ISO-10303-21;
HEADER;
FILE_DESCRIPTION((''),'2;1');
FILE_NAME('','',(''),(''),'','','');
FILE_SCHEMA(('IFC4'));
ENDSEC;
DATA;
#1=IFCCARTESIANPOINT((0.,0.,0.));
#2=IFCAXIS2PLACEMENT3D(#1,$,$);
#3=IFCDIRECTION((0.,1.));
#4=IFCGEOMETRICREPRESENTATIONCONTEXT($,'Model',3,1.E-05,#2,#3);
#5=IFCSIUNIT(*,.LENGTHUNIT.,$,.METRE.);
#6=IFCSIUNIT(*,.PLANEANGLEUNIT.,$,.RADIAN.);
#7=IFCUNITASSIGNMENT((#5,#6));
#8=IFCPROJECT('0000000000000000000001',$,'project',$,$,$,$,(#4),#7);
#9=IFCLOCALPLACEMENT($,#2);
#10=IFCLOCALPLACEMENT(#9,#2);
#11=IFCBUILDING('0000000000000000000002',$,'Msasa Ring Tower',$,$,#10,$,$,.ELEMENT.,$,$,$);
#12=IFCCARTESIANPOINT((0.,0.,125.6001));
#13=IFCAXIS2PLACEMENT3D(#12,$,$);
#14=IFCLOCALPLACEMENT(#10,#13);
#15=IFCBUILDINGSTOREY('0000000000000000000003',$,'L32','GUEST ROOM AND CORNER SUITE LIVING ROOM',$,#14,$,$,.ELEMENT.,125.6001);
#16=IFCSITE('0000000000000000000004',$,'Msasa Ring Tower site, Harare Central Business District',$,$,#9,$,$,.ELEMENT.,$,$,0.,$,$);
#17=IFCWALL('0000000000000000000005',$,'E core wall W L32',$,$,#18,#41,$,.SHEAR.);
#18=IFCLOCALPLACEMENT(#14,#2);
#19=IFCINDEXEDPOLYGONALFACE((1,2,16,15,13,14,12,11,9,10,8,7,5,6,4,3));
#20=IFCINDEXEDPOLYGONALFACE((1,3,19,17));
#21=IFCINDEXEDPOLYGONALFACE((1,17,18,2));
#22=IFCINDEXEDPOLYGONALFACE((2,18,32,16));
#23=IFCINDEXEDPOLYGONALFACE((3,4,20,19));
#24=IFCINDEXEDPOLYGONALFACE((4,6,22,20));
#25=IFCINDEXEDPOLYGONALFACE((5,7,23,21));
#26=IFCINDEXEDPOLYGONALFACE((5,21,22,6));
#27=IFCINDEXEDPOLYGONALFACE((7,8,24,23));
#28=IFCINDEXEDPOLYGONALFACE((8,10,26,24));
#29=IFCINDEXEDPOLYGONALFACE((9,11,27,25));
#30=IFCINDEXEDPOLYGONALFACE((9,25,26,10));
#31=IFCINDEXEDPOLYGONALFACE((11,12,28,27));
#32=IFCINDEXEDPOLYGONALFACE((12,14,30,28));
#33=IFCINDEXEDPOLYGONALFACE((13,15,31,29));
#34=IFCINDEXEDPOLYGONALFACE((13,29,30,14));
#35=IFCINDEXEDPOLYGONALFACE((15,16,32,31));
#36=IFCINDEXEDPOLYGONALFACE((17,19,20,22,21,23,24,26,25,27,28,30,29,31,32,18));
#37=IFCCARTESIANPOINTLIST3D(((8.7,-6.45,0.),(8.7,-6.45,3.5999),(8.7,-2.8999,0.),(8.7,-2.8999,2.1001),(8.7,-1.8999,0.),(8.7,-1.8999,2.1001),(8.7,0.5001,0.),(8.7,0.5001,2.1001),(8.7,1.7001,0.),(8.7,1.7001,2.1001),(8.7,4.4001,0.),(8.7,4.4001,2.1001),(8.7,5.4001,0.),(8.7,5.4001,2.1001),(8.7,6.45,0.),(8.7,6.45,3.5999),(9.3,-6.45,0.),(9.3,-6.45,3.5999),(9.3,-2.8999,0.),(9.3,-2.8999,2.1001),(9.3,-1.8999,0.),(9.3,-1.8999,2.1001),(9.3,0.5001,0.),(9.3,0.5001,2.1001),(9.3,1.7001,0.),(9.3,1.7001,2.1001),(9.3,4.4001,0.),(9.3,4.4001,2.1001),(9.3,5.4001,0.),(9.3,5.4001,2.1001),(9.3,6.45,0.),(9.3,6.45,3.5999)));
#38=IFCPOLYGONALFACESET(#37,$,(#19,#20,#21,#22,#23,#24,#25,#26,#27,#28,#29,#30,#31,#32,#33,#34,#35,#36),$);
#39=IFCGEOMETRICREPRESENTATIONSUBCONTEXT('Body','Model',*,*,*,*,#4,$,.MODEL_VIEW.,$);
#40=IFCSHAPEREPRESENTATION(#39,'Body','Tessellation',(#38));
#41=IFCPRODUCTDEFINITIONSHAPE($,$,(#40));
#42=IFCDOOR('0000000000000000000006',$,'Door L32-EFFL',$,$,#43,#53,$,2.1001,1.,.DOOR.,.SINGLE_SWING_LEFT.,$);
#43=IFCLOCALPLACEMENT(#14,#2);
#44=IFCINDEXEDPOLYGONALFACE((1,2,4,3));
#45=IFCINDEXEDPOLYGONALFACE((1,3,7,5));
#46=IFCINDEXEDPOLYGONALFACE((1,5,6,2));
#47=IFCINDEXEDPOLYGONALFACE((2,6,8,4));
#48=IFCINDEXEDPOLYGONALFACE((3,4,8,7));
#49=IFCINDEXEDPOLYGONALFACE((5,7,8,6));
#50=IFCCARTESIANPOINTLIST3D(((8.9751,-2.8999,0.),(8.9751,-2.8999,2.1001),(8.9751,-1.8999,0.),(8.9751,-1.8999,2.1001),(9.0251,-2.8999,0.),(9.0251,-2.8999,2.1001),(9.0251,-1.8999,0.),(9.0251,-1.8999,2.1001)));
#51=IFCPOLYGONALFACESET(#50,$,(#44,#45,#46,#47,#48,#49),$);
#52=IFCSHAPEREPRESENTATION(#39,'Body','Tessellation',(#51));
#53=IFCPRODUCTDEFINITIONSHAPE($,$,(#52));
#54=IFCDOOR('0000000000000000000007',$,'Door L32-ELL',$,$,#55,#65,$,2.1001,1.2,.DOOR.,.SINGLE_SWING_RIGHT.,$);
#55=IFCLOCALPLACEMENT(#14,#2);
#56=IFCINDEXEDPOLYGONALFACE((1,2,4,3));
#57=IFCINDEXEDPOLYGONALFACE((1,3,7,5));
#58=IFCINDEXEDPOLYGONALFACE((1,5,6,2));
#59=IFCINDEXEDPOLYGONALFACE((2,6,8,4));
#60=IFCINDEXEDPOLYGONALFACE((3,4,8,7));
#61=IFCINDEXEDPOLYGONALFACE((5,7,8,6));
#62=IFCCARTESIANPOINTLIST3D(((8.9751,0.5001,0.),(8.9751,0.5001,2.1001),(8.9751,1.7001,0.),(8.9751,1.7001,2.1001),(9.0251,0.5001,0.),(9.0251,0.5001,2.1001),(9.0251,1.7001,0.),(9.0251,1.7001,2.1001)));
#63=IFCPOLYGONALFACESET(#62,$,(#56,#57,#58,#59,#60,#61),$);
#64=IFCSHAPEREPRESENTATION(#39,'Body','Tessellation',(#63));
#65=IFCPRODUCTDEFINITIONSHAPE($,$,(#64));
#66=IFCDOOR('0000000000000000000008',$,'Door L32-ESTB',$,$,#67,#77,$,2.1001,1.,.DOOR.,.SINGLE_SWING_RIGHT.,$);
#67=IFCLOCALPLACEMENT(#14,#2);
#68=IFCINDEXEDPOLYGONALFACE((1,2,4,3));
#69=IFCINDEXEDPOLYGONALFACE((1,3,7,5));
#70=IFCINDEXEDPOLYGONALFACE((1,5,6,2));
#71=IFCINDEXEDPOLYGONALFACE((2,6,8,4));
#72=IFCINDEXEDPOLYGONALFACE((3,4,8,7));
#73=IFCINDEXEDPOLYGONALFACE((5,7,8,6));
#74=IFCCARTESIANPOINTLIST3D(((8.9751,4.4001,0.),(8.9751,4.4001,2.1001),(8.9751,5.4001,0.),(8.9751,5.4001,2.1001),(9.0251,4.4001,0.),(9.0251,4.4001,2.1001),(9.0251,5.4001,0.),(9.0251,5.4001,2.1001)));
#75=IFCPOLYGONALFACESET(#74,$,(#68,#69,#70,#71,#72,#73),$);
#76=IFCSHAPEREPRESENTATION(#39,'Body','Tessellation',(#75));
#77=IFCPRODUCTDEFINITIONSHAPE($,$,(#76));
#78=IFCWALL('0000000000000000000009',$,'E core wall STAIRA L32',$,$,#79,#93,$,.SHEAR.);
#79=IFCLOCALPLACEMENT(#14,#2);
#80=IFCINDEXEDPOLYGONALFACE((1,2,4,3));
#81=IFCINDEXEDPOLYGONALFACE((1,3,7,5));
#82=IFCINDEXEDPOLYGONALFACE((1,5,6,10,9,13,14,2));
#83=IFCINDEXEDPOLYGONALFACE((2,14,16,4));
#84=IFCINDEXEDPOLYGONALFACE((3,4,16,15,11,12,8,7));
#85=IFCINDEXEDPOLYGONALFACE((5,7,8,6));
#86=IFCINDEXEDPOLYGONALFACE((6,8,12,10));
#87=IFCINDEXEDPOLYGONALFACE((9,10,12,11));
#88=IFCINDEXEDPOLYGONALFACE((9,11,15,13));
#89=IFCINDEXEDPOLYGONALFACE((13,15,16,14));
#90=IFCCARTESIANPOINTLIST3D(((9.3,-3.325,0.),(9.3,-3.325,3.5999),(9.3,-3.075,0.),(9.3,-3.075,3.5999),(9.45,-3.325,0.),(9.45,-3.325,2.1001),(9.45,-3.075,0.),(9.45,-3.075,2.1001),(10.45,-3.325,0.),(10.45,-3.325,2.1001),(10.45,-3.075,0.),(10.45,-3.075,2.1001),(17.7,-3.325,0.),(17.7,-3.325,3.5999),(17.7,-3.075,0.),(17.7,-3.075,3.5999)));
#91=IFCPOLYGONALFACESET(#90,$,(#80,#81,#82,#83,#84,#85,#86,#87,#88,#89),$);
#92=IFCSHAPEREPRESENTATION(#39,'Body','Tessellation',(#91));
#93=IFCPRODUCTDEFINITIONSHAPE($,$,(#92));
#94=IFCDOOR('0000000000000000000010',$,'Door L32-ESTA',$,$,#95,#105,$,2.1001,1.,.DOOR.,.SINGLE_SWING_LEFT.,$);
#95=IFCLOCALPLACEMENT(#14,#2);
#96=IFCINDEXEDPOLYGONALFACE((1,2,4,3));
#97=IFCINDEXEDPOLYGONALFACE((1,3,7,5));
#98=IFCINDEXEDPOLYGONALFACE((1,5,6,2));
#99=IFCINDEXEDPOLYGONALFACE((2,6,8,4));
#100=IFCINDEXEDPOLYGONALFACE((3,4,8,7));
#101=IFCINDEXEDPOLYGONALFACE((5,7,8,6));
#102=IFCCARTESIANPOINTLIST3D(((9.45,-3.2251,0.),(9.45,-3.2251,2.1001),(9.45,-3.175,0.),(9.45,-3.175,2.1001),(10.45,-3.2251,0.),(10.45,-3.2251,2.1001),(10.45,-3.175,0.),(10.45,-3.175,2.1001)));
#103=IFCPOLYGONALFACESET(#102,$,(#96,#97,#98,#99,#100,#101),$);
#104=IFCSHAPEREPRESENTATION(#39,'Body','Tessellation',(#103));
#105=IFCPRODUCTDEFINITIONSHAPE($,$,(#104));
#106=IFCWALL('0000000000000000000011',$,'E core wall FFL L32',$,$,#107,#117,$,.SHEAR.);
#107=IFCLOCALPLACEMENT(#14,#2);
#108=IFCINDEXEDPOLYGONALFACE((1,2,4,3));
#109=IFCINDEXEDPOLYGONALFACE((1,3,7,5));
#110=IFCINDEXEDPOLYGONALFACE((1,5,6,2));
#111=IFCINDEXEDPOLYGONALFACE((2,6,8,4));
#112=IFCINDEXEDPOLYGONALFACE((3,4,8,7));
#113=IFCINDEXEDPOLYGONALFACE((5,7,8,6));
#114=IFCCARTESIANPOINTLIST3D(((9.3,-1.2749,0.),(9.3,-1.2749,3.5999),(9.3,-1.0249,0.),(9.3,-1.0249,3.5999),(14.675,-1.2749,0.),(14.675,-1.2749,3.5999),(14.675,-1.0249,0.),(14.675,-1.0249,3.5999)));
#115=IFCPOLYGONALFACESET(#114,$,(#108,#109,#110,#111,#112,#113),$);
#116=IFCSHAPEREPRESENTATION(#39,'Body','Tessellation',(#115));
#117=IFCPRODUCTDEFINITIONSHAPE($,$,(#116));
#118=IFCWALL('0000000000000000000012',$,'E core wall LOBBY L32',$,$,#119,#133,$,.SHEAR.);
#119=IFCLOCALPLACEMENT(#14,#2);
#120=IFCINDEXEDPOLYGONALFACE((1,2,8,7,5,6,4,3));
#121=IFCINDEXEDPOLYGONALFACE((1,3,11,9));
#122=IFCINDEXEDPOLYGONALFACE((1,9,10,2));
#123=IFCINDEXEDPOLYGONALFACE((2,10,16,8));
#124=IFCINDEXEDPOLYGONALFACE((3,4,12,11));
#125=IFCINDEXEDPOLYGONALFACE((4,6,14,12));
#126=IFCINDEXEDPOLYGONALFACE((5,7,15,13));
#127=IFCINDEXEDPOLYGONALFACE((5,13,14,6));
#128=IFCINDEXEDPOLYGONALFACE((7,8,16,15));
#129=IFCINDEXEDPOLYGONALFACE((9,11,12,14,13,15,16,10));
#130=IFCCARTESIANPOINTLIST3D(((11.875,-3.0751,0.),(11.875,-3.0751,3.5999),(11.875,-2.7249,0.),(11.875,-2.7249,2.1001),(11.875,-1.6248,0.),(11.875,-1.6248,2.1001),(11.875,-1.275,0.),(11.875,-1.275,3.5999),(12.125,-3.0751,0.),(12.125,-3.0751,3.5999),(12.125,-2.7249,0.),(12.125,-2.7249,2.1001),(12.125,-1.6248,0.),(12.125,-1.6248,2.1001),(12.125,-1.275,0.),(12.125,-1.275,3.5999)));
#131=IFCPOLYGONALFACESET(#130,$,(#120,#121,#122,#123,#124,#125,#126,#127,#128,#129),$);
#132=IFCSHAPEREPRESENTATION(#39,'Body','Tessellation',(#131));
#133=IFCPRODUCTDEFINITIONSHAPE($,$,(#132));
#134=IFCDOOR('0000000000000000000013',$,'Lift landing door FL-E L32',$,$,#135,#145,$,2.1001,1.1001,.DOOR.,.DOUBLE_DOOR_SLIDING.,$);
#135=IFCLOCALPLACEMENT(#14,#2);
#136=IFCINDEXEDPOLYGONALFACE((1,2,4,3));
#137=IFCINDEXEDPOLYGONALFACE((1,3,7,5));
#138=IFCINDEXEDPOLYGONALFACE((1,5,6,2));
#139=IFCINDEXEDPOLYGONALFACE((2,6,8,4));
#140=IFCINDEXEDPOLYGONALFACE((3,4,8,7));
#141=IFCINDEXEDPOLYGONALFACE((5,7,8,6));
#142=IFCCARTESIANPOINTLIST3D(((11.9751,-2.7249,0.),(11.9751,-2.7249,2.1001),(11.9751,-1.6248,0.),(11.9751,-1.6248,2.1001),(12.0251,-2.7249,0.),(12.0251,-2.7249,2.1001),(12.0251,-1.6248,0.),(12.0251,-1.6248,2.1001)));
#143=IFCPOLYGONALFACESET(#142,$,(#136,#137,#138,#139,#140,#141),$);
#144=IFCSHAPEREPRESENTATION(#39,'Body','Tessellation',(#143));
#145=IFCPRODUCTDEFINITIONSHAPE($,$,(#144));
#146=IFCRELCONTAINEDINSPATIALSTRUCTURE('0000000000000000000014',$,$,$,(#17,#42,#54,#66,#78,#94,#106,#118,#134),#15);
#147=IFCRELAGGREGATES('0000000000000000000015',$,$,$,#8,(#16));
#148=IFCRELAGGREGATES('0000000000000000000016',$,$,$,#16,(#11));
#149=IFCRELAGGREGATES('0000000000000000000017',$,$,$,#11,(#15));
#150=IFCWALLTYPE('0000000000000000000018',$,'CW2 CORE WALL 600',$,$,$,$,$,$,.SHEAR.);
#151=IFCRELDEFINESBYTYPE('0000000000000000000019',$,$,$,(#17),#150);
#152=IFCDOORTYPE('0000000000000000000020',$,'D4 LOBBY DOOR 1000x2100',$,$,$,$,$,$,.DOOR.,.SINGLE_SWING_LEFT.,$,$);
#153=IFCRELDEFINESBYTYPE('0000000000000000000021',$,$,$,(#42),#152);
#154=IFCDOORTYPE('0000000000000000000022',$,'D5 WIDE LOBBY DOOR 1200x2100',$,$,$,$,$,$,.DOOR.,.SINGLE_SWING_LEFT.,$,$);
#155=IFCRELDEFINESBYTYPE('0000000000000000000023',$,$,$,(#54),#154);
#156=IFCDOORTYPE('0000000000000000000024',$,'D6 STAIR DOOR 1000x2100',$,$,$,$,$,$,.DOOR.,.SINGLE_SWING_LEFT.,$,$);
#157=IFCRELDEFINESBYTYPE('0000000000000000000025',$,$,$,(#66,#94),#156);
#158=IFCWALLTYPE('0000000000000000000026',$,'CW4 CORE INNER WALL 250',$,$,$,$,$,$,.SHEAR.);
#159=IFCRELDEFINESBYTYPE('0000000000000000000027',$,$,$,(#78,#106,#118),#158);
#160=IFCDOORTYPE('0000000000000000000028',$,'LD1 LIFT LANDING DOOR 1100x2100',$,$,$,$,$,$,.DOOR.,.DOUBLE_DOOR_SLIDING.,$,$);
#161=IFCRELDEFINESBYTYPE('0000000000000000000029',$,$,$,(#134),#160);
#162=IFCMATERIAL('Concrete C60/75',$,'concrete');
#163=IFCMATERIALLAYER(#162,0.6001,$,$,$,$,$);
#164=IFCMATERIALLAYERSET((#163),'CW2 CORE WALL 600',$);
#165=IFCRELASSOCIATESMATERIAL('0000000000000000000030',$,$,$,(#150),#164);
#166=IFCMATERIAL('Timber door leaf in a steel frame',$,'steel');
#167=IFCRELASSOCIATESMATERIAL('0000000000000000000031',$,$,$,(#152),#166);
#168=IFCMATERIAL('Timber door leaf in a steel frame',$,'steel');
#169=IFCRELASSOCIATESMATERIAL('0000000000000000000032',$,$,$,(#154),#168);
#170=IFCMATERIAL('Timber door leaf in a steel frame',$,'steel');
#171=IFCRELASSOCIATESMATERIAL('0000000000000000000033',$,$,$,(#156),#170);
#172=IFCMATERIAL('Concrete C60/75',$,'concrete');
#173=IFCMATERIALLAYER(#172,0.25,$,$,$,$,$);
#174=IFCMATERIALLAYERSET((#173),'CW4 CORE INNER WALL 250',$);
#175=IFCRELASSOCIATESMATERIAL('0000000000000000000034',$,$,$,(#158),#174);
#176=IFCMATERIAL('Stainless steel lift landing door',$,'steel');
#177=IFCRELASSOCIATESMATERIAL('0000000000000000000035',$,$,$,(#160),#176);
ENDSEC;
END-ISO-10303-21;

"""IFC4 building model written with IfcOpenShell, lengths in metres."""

from ifc_helpers import new_model, si_unit, direction, frame, frame_2d, origin, place, context, subcontext, project, spatial, rectangle, extrude, material, layer, layer_set, type_object, element, fill, save


model = new_model("IFC4")

# Units and contexts
model_context = context("Model", 3, precision=1e-05, world=origin(), true_north=direction((0.0, 1.0)))
body_context = subcontext(model_context, "Body", "Model", "MODEL_VIEW")
ifc_project = project(units=[si_unit("LENGTHUNIT", "METRE"), si_unit("PLANEANGLEUNIT", "RADIAN")], contexts=[model_context])

# Site, building, storey
site_placement = place(None, origin())
site = spatial("IfcSite", under=ifc_project, at=site_placement, Name="Msasa Ring Tower site, Harare Central Business District", CompositionType="ELEMENT", RefElevation=0.0)
building_placement = place(site_placement, origin())
building = spatial("IfcBuilding", under=site, at=building_placement, Name="Msasa Ring Tower", CompositionType="ELEMENT")
storey_placement = place(building_placement, frame((0.0, 0.0, 125.6001)))
storey = spatial("IfcBuildingStorey", under=building, at=storey_placement, Name="L32", Description="GUEST ROOM AND CORNER SUITE LIVING ROOM", CompositionType="ELEMENT", Elevation=125.6001)

# Shared definitions
ifc_material_1 = material(Name="Concrete C60/75", Category="concrete")
ifc_layer_1 = layer(ifc_material_1, 0.6001)
ifc_layer_set_1 = layer_set([ifc_layer_1], Name="CW2 CORE WALL 600")
wall_type_1 = type_object("IfcWallType", Name="CW2 CORE WALL 600", PredefinedType="SHEAR", material=ifc_layer_set_1)

# Wall, openings, doors
wall_1_placement = place(storey_placement, frame((9.0, -6.45, 0.0), z_axis=(0.0, 0.0, 1.0), x_axis=(0.0, 1.0, 0.0)))
wall_1 = element("IfcWall", 1, at=wall_1_placement, inside=storey, type_object=wall_type_1, Name="E core wall W L32", PredefinedType="SHEAR", context=body_context, shape_type="SweptSolid", body=[
    extrude(rectangle(XDim=12.8999, YDim=0.6001, at=frame_2d((6.45, 0.0))), origin(), (0.0, 0.0, 1.0), 3.5999),
])
opening_1_placement = place(wall_1_placement, frame((3.55, 0.0, 0.0)))
opening_1 = element("IfcOpeningElement", 2, at=opening_1_placement, cuts=wall_1, PredefinedType="OPENING", context=body_context, shape_type="SweptSolid", body=[
    extrude(rectangle(XDim=1.0, YDim=2.1001, at=frame_2d((0.5, 1.05))), frame((0.0, 0.3101, 0.0), z_axis=(0.0, -1.0, 0.0), x_axis=(1.0, 0.0, 0.0)), (0.0, 0.0, 1.0), 0.6201),
])
opening_2_placement = place(wall_1_placement, frame((6.95, 0.0, 0.0)))
opening_2 = element("IfcOpeningElement", 3, at=opening_2_placement, cuts=wall_1, PredefinedType="OPENING", context=body_context, shape_type="SweptSolid", body=[
    extrude(rectangle(XDim=1.2, YDim=2.1001, at=frame_2d((0.6001, 1.05))), frame((0.0, 0.3101, 0.0), z_axis=(0.0, -1.0, 0.0), x_axis=(1.0, 0.0, 0.0)), (0.0, 0.0, 1.0), 0.6201),
])
opening_3_placement = place(wall_1_placement, frame((10.8501, 0.0, 0.0)))
opening_3 = element("IfcOpeningElement", 4, at=opening_3_placement, cuts=wall_1, PredefinedType="OPENING", context=body_context, shape_type="SweptSolid", body=[
    extrude(rectangle(XDim=1.0, YDim=2.1001, at=frame_2d((0.5, 1.05))), frame((0.0, 0.3101, 0.0), z_axis=(0.0, -1.0, 0.0), x_axis=(1.0, 0.0, 0.0)), (0.0, 0.0, 1.0), 0.6201),
])
ifc_material_2 = material(Name="Timber door leaf in a steel frame", Category="steel")
door_type_1 = type_object("IfcDoorType", Name="D4 LOBBY DOOR 1000x2100", OperationType="SINGLE_SWING_LEFT", PredefinedType="DOOR", material=ifc_material_2)
door_1_placement = place(opening_1_placement, origin())
door_1 = element("IfcDoor", 5, at=door_1_placement, inside=storey, type_object=door_type_1, Name="Door L32-EFFL", OperationType="SINGLE_SWING_LEFT", OverallHeight=2.1001, OverallWidth=1.0, PredefinedType="DOOR", context=body_context, shape_type="SweptSolid", body=[
    extrude(rectangle(XDim=1.0, YDim=2.1001, at=frame_2d((0.5, 1.05))), frame((0.0, 0.0249, 0.0), z_axis=(0.0, -1.0, 0.0), x_axis=(1.0, 0.0, 0.0)), (0.0, 0.0, 1.0), 0.05),
])
fill(opening_1, door_1)
ifc_material_3 = material(Name="Timber door leaf in a steel frame", Category="steel")
door_type_2 = type_object("IfcDoorType", Name="D5 WIDE LOBBY DOOR 1200x2100", OperationType="SINGLE_SWING_LEFT", PredefinedType="DOOR", material=ifc_material_3)
door_2_placement = place(opening_2_placement, origin())
door_2 = element("IfcDoor", 6, at=door_2_placement, inside=storey, type_object=door_type_2, Name="Door L32-ELL", OperationType="SINGLE_SWING_RIGHT", OverallHeight=2.1001, OverallWidth=1.2, PredefinedType="DOOR", context=body_context, shape_type="SweptSolid", body=[
    extrude(rectangle(XDim=1.2, YDim=2.1001, at=frame_2d((0.6001, 1.05))), frame((0.0, 0.0249, 0.0), z_axis=(0.0, -1.0, 0.0), x_axis=(1.0, 0.0, 0.0)), (0.0, 0.0, 1.0), 0.05),
])
fill(opening_2, door_2)
ifc_material_4 = material(Name="Timber door leaf in a steel frame", Category="steel")
door_type_3 = type_object("IfcDoorType", Name="D6 STAIR DOOR 1000x2100", OperationType="SINGLE_SWING_LEFT", PredefinedType="DOOR", material=ifc_material_4)
door_3_placement = place(opening_3_placement, origin())
door_3 = element("IfcDoor", 7, at=door_3_placement, inside=storey, type_object=door_type_3, Name="Door L32-ESTB", OperationType="SINGLE_SWING_RIGHT", OverallHeight=2.1001, OverallWidth=1.0, PredefinedType="DOOR", context=body_context, shape_type="SweptSolid", body=[
    extrude(rectangle(XDim=1.0, YDim=2.1001, at=frame_2d((0.5, 1.05))), frame((0.0, 0.0249, 0.0), z_axis=(0.0, -1.0, 0.0), x_axis=(1.0, 0.0, 0.0)), (0.0, 0.0, 1.0), 0.05),
])
fill(opening_3, door_3)

# Wall, opening, door
ifc_material_5 = material(Name="Concrete C60/75", Category="concrete")
ifc_layer_2 = layer(ifc_material_5, 0.25)
ifc_layer_set_2 = layer_set([ifc_layer_2], Name="CW4 CORE INNER WALL 250")
wall_type_2 = type_object("IfcWallType", Name="CW4 CORE INNER WALL 250", PredefinedType="SHEAR", material=ifc_layer_set_2)
wall_2_placement = place(storey_placement, frame((9.3, -3.2, 0.0), z_axis=(0.0, 0.0, 1.0), x_axis=(1.0, 0.0, 0.0)))
wall_2 = element("IfcWall", 8, at=wall_2_placement, inside=storey, type_object=wall_type_2, Name="E core wall STAIRA L32", PredefinedType="SHEAR", context=body_context, shape_type="SweptSolid", body=[
    extrude(rectangle(XDim=8.3999, YDim=0.25, at=frame_2d((4.2, 0.0))), origin(), (0.0, 0.0, 1.0), 3.5999),
])
opening_4_placement = place(wall_2_placement, frame((0.1499, 0.0, 0.0)))
opening_4 = element("IfcOpeningElement", 9, at=opening_4_placement, cuts=wall_2, PredefinedType="OPENING", context=body_context, shape_type="SweptSolid", body=[
    extrude(rectangle(XDim=1.0, YDim=2.1001, at=frame_2d((0.5, 1.05))), frame((0.0, 0.135, 0.0), z_axis=(0.0, -1.0, 0.0), x_axis=(1.0, 0.0, 0.0)), (0.0, 0.0, 1.0), 0.27),
])
door_4_placement = place(opening_4_placement, origin())
door_4 = element("IfcDoor", 10, at=door_4_placement, inside=storey, type_object=door_type_3, Name="Door L32-ESTA", OperationType="SINGLE_SWING_LEFT", OverallHeight=2.1001, OverallWidth=1.0, PredefinedType="DOOR", context=body_context, shape_type="SweptSolid", body=[
    extrude(rectangle(XDim=1.0, YDim=2.1001, at=frame_2d((0.5, 1.05))), frame((0.0, 0.0249, 0.0), z_axis=(0.0, -1.0, 0.0), x_axis=(1.0, 0.0, 0.0)), (0.0, 0.0, 1.0), 0.05),
])
fill(opening_4, door_4)

# Wall
wall_3_placement = place(storey_placement, frame((9.3, -1.1499, 0.0), z_axis=(0.0, 0.0, 1.0), x_axis=(1.0, 0.0, 0.0)))
element("IfcWall", 11, at=wall_3_placement, inside=storey, type_object=wall_type_2, Name="E core wall FFL L32", PredefinedType="SHEAR", context=body_context, shape_type="SweptSolid", body=[
    extrude(rectangle(XDim=5.375, YDim=0.25, at=frame_2d((2.6875, 0.0))), origin(), (0.0, 0.0, 1.0), 3.5999),
])

# Wall, opening, door
wall_4_placement = place(storey_placement, frame((12.0, -3.075, 0.0), z_axis=(0.0, 0.0, 1.0), x_axis=(0.0, 1.0, 0.0)))
wall_4 = element("IfcWall", 12, at=wall_4_placement, inside=storey, type_object=wall_type_2, Name="E core wall LOBBY L32", PredefinedType="SHEAR", context=body_context, shape_type="SweptSolid", body=[
    extrude(rectangle(XDim=1.8, YDim=0.25, at=frame_2d((0.8999, 0.0))), origin(), (0.0, 0.0, 1.0), 3.5999),
])
opening_5_placement = place(wall_4_placement, frame((0.3501, 0.0, 0.0)))
opening_5 = element("IfcOpeningElement", 13, at=opening_5_placement, cuts=wall_4, PredefinedType="OPENING", context=body_context, shape_type="SweptSolid", body=[
    extrude(rectangle(XDim=1.1001, YDim=2.1001, at=frame_2d((0.55, 1.05))), frame((0.0, 0.135, 0.0), z_axis=(0.0, -1.0, 0.0), x_axis=(1.0, 0.0, 0.0)), (0.0, 0.0, 1.0), 0.27),
])
ifc_material_6 = material(Name="Stainless steel lift landing door", Category="steel")
door_type_4 = type_object("IfcDoorType", Name="LD1 LIFT LANDING DOOR 1100x2100", OperationType="DOUBLE_DOOR_SLIDING", PredefinedType="DOOR", material=ifc_material_6)
door_5_placement = place(opening_5_placement, origin())
door_5 = element("IfcDoor", 14, at=door_5_placement, inside=storey, type_object=door_type_4, Name="Lift landing door FL-E L32", OperationType="DOUBLE_DOOR_SLIDING", OverallHeight=2.1001, OverallWidth=1.1001, PredefinedType="DOOR", context=body_context, shape_type="SweptSolid", body=[
    extrude(rectangle(XDim=1.1001, YDim=2.1001, at=frame_2d((0.55, 1.05))), frame((0.0, 0.0249, 0.0), z_axis=(0.0, -1.0, 0.0), x_axis=(1.0, 0.0, 0.0)), (0.0, 0.0, 1.0), 0.05),
])
fill(opening_5, door_5)

save(model, "model.ifc")
